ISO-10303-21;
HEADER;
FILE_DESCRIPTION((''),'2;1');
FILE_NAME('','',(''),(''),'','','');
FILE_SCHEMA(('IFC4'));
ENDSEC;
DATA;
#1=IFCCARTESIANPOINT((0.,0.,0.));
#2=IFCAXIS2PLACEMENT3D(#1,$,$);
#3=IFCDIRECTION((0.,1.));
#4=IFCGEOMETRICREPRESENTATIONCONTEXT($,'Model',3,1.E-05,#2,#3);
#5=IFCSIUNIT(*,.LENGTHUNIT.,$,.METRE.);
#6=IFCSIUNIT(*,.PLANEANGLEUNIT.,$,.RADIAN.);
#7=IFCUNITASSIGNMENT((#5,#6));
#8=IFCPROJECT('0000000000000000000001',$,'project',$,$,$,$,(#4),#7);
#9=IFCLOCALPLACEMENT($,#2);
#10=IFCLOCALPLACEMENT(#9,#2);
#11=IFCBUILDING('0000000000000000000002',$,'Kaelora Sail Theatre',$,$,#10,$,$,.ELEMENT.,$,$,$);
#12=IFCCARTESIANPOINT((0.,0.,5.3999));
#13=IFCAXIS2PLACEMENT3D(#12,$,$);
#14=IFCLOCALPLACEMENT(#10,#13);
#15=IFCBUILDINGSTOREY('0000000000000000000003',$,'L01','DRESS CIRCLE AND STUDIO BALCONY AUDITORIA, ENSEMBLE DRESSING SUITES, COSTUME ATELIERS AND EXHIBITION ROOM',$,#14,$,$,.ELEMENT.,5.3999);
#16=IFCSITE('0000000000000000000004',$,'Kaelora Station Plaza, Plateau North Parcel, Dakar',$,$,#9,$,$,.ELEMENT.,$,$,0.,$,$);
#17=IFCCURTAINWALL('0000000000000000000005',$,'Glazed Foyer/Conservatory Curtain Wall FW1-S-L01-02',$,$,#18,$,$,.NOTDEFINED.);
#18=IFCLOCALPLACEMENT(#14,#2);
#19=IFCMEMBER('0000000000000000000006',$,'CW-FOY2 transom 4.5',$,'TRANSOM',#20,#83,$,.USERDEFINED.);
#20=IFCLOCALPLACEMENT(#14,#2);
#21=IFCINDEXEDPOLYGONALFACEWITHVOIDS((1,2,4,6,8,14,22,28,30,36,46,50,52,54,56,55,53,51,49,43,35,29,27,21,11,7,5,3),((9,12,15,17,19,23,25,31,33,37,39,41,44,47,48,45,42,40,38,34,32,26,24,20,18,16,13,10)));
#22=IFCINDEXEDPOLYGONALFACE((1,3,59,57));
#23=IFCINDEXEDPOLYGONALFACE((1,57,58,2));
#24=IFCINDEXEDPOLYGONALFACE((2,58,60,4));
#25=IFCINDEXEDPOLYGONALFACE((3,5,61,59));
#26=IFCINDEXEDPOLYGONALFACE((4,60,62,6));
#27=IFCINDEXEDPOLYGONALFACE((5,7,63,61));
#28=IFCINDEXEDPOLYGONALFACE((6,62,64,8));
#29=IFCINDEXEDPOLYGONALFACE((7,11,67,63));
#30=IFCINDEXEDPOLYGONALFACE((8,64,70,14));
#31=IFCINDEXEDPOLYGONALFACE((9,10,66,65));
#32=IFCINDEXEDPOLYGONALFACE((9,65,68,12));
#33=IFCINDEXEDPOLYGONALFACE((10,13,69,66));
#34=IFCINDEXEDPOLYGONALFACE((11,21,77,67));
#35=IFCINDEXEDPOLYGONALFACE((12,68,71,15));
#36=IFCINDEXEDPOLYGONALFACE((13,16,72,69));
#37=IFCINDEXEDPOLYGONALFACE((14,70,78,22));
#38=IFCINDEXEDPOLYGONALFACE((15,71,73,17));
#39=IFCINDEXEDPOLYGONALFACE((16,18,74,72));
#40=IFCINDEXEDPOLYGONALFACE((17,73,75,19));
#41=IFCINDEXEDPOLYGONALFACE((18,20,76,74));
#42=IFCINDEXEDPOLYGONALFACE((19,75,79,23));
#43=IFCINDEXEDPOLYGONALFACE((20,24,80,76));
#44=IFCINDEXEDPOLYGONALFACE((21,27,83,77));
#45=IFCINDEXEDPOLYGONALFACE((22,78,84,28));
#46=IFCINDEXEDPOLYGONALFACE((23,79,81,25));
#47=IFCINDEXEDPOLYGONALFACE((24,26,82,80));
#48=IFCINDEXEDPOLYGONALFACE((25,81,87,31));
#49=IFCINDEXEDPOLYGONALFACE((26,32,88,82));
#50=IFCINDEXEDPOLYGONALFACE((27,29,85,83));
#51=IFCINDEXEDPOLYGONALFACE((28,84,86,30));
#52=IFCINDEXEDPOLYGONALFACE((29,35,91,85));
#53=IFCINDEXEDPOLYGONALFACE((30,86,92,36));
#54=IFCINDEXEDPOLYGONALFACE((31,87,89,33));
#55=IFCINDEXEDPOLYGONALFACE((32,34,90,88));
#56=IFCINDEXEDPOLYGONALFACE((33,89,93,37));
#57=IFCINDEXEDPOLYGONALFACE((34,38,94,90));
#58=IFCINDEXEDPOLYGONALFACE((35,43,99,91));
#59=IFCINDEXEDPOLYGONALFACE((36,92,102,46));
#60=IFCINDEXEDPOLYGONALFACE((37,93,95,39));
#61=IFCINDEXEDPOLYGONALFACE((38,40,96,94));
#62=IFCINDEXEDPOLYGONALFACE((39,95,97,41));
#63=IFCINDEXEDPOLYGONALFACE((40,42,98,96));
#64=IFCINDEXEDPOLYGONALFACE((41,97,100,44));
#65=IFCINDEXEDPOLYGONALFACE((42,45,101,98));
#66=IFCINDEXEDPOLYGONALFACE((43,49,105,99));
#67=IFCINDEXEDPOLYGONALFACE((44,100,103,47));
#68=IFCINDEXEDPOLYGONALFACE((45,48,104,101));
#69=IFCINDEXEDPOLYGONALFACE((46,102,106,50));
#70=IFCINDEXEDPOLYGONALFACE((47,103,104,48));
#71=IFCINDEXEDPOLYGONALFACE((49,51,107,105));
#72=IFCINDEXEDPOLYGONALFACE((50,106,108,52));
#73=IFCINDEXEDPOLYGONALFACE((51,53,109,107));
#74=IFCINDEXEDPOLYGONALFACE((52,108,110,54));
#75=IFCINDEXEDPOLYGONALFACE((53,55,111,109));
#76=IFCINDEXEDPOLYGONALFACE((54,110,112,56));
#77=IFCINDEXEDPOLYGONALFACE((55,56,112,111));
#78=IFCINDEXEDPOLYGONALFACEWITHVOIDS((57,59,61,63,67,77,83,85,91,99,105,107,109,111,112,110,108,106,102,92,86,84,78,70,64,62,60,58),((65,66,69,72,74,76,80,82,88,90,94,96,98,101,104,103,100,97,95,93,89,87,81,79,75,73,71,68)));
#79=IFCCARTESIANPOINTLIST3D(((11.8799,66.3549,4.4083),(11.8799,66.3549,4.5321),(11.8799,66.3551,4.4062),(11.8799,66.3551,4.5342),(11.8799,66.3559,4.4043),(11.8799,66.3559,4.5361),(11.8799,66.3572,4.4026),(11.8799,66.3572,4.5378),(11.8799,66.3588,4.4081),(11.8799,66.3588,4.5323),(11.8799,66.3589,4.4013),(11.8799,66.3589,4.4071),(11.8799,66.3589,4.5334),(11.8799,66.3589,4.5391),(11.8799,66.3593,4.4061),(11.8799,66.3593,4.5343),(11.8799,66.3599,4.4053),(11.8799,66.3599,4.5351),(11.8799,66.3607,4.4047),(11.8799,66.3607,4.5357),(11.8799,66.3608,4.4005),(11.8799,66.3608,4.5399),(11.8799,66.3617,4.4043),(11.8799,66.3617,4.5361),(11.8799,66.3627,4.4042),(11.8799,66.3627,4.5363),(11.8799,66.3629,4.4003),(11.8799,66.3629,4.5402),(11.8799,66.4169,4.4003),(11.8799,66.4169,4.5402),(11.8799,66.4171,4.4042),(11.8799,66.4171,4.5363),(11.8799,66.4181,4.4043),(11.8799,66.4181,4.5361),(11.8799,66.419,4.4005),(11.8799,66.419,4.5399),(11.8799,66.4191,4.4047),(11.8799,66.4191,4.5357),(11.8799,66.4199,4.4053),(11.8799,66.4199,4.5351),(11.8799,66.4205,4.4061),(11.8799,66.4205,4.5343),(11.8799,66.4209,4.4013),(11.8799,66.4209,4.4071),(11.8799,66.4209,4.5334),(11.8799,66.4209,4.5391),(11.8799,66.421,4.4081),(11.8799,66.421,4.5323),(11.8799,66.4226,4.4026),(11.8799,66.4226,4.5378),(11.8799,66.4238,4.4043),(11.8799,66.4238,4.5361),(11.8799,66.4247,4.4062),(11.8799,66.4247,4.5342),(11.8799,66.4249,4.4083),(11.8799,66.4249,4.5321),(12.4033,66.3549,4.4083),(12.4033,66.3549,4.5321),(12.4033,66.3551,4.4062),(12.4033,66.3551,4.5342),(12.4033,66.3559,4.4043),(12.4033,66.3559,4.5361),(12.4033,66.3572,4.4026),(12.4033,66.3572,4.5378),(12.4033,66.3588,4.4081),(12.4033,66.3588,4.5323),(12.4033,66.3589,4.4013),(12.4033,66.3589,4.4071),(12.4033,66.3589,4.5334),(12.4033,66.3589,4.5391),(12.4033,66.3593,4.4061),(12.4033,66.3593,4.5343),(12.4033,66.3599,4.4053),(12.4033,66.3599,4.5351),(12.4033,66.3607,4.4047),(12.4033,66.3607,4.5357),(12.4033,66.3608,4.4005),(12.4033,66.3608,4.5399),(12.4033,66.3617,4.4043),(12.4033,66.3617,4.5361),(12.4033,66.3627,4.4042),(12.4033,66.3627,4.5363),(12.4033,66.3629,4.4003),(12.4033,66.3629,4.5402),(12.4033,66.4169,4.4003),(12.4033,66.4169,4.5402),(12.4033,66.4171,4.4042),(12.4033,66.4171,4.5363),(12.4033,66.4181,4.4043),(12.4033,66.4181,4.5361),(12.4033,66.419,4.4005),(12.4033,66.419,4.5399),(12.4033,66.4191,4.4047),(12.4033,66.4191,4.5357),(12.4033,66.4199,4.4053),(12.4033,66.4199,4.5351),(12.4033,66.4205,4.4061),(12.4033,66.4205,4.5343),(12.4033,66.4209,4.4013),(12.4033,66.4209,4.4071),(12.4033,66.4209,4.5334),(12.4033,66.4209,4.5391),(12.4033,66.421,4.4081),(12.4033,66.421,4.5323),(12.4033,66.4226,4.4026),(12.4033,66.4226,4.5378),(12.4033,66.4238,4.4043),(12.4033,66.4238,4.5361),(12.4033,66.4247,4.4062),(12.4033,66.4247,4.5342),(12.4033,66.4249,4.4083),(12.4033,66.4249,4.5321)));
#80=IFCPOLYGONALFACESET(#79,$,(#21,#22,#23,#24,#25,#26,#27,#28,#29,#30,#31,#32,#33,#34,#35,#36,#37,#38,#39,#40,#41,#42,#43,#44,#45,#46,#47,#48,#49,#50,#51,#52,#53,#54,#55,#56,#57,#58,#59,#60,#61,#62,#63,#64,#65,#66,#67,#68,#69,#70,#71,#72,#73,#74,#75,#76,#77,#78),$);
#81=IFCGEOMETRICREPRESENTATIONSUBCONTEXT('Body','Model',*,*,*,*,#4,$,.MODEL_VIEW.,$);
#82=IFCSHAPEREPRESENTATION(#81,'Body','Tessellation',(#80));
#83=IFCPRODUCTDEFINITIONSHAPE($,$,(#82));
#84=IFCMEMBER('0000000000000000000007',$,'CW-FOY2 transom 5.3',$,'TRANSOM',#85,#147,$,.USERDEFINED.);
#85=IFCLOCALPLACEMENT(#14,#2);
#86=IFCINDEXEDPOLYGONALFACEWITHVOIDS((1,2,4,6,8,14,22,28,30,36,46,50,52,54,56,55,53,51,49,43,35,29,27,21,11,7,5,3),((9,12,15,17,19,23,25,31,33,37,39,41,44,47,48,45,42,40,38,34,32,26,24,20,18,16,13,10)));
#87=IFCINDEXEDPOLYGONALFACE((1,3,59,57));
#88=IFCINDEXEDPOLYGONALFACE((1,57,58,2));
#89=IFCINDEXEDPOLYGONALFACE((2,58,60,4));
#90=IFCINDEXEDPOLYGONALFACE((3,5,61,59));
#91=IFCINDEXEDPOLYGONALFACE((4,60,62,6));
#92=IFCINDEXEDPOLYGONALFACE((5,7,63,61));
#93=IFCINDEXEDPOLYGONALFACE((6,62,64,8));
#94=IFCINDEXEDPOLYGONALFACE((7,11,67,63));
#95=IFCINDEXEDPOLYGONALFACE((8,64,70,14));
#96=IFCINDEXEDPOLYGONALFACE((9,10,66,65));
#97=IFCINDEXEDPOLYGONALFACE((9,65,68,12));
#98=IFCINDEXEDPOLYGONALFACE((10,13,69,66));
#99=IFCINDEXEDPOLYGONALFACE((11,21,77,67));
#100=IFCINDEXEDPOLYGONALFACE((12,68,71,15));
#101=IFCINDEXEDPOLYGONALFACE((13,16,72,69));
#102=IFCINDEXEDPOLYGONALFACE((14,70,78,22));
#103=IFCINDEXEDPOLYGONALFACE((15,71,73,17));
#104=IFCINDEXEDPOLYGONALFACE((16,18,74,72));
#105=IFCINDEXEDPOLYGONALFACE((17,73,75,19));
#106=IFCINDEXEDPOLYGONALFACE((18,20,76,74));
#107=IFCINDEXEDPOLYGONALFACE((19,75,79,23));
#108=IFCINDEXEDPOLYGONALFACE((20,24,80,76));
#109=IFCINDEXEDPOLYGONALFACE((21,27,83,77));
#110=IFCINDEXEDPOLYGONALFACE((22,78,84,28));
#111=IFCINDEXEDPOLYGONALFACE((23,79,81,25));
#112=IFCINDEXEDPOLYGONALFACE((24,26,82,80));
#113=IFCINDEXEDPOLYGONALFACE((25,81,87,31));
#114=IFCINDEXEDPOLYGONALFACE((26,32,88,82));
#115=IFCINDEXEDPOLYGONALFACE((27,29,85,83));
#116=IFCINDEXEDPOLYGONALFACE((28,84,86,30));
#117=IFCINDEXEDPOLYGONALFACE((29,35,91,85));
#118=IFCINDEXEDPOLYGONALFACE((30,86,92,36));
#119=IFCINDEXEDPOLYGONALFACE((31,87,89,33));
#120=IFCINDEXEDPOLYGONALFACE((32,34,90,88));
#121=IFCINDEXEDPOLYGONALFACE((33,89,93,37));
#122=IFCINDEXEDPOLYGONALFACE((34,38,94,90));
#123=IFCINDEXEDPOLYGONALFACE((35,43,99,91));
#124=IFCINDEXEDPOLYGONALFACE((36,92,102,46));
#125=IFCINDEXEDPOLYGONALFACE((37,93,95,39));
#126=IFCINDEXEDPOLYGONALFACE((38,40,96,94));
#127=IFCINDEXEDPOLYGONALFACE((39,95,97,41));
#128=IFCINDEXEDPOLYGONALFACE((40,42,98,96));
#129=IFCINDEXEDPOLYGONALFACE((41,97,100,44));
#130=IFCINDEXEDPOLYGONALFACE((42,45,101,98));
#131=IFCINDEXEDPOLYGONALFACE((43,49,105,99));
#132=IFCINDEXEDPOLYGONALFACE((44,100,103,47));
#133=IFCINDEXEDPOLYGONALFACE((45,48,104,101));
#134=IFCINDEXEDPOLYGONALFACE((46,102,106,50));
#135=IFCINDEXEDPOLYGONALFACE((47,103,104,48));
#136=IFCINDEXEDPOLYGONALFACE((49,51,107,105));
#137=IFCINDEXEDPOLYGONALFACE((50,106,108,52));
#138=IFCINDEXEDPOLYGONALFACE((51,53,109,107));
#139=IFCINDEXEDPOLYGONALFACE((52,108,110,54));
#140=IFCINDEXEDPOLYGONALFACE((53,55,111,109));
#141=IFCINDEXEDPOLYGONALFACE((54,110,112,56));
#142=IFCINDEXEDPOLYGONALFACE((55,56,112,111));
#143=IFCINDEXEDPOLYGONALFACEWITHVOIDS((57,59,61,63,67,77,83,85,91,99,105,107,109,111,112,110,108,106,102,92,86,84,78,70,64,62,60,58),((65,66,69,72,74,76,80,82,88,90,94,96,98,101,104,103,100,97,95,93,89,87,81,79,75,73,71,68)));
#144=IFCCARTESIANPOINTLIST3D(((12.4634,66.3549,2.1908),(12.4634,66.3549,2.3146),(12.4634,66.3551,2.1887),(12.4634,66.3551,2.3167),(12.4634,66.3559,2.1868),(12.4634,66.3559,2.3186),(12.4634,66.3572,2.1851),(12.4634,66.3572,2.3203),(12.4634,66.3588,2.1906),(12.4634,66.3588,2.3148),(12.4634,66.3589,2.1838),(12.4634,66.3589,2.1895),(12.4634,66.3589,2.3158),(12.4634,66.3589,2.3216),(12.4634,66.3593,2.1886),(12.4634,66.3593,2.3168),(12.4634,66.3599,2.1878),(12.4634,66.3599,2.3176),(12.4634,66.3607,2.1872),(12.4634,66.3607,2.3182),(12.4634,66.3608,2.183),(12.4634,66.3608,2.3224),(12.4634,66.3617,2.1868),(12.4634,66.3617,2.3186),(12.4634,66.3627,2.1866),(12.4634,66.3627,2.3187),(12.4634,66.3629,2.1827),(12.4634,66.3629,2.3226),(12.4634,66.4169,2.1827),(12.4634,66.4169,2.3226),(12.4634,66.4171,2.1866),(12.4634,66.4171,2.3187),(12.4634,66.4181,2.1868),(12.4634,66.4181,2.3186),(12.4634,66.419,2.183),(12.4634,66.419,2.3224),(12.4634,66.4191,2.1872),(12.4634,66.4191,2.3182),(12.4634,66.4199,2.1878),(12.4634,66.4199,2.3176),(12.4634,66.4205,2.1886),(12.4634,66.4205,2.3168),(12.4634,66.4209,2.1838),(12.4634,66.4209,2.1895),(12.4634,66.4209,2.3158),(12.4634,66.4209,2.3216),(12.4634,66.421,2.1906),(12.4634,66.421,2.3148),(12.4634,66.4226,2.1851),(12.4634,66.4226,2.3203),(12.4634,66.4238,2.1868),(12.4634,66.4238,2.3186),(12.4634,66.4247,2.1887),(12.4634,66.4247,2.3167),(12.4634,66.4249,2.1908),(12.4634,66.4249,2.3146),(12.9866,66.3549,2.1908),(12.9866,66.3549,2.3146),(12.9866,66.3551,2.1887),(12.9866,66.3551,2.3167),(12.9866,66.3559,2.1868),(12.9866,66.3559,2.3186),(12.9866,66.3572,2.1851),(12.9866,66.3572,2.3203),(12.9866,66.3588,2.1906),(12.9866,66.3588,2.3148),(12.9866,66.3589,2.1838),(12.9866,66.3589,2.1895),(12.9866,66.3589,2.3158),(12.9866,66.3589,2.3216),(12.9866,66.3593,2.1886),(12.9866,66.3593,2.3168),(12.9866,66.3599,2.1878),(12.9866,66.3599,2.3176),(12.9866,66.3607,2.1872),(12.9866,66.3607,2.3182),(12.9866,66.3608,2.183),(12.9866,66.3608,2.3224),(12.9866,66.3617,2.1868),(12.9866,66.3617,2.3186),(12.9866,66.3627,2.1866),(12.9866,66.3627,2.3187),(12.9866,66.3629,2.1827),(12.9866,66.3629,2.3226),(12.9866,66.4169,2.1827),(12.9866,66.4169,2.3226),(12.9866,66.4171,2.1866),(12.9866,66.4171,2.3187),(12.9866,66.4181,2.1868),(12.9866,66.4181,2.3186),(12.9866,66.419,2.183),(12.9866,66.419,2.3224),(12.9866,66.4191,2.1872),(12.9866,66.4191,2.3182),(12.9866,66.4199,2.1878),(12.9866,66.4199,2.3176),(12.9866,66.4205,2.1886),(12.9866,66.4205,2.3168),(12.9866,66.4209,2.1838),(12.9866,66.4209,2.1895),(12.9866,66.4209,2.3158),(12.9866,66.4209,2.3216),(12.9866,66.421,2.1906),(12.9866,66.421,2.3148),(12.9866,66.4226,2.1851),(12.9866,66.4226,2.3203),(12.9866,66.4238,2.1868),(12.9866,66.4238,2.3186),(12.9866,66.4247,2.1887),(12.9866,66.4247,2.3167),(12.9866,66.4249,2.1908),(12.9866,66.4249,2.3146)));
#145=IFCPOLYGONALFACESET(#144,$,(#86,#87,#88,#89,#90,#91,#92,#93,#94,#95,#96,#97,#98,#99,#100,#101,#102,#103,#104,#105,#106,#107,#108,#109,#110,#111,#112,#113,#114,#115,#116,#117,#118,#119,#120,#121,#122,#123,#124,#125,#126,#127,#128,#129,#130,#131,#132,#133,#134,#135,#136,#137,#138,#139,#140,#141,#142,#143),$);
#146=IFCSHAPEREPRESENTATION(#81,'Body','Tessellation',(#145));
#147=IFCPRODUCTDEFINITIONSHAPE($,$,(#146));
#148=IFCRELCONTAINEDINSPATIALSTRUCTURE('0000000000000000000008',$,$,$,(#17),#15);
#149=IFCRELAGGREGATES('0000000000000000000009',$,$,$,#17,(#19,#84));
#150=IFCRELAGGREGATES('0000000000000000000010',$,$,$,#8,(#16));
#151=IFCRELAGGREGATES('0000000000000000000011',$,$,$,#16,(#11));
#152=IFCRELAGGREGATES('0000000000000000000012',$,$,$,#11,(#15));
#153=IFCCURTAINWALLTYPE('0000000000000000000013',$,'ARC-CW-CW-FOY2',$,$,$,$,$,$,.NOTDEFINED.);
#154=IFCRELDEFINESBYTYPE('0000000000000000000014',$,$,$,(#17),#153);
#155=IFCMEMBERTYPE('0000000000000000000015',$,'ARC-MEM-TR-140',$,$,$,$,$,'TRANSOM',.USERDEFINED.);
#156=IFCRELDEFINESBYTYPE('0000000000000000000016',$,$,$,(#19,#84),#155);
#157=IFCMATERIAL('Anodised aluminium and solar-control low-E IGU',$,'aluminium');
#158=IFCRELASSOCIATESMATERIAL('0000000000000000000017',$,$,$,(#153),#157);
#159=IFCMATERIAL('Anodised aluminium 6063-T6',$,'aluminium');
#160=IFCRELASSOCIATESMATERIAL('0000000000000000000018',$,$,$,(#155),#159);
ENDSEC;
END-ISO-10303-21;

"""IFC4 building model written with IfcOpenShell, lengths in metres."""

from ifc_helpers import new_model, si_unit, direction, frame, origin, origin_2d, place, context, subcontext, project, spatial, hollow_rectangle, extrude, material, material_profile, profile_set, type_object, element, aggregate, save


model = new_model("IFC4")

# Units and contexts
model_context = context("Model", 3, precision=1e-05, world=origin(), true_north=direction((0.0, 1.0)))
body_context = subcontext(model_context, "Body", "Model", "MODEL_VIEW")
ifc_project = project(units=[si_unit("LENGTHUNIT", "METRE"), si_unit("PLANEANGLEUNIT", "RADIAN")], contexts=[model_context])

# Site, building, storey
site_placement = place(None, origin())
site = spatial("IfcSite", under=ifc_project, at=site_placement, Name="Kaelora Station Plaza, Plateau North Parcel, Dakar", CompositionType="ELEMENT", RefElevation=0.0)
building_placement = place(site_placement, origin())
building = spatial("IfcBuilding", under=site, at=building_placement, Name="Kaelora Sail Theatre", CompositionType="ELEMENT")
storey_placement = place(building_placement, frame((0.0, 0.0, 5.3999)))
storey = spatial("IfcBuildingStorey", under=building, at=storey_placement, Name="L01", Description="DRESS CIRCLE AND STUDIO BALCONY AUDITORIA, ENSEMBLE DRESSING SUITES, COSTUME ATELIERS AND EXHIBITION ROOM", CompositionType="ELEMENT", Elevation=5.3999)

# Curtain wall, members
ifc_material_1 = material(Name="Anodised aluminium and solar-control low-E IGU", Category="aluminium")
curtain_wall_type = type_object("IfcCurtainWallType", Name="ARC-CW-CW-FOY2", PredefinedType="NOTDEFINED", material=ifc_material_1)
curtain_wall_1_placement = place(storey_placement, origin())
curtain_wall_1 = element("IfcCurtainWall", 1, at=curtain_wall_1_placement, inside=storey, type_object=curtain_wall_type, Name="Glazed Foyer/Conservatory Curtain Wall FW1-S-L01-02", PredefinedType="NOTDEFINED")
ifc_material_2 = material(Name="Anodised aluminium 6063-T6", Category="aluminium")
ifc_material_profile = material_profile(ifc_material_2, hollow_rectangle(XDim=0.0701, YDim=0.1399, WallThickness=0.0039, InnerFilletRadius=0.0039, OuterFilletRadius=0.0081, at=origin_2d()), Name="ALU-TRAN 70x140x4")
ifc_profile_set = profile_set([ifc_material_profile], Name="Anodised aluminium 6063-T6")
member_type = type_object("IfcMemberType", Name="ARC-MEM-TR-140", ElementType="TRANSOM", PredefinedType="USERDEFINED", material=ifc_profile_set)
member_1_placement = place(storey_placement, frame((11.8799, 66.3899, 4.4702), z_axis=(1.0, 0.0, 0.0), x_axis=(0.0, 1.0, 0.0)))
member_1 = element("IfcMember", 2, at=member_1_placement, type_object=member_type, Name="CW-FOY2 transom 4.5", ObjectType="TRANSOM", PredefinedType="USERDEFINED", context=body_context, shape_type="SweptSolid", body=[
    extrude(hollow_rectangle(XDim=0.0701, YDim=0.1399, WallThickness=0.0039, InnerFilletRadius=0.0039, OuterFilletRadius=0.0081, at=origin_2d()), origin(), (0.0, 0.0, 1.0), 0.5234),
])
member_2_placement = place(storey_placement, frame((12.4634, 66.3899, 2.2527), z_axis=(1.0, 0.0, 0.0), x_axis=(0.0, 1.0, 0.0)))
member_2 = element("IfcMember", 3, at=member_2_placement, type_object=member_type, Name="CW-FOY2 transom 5.3", ObjectType="TRANSOM", PredefinedType="USERDEFINED", context=body_context, shape_type="SweptSolid", body=[
    extrude(hollow_rectangle(XDim=0.0701, YDim=0.1399, WallThickness=0.0039, InnerFilletRadius=0.0039, OuterFilletRadius=0.0081, at=origin_2d()), origin(), (0.0, 0.0, 1.0), 0.5232),
])

aggregate(curtain_wall_1, [member_1, member_2])

save(model, "model.ifc")
